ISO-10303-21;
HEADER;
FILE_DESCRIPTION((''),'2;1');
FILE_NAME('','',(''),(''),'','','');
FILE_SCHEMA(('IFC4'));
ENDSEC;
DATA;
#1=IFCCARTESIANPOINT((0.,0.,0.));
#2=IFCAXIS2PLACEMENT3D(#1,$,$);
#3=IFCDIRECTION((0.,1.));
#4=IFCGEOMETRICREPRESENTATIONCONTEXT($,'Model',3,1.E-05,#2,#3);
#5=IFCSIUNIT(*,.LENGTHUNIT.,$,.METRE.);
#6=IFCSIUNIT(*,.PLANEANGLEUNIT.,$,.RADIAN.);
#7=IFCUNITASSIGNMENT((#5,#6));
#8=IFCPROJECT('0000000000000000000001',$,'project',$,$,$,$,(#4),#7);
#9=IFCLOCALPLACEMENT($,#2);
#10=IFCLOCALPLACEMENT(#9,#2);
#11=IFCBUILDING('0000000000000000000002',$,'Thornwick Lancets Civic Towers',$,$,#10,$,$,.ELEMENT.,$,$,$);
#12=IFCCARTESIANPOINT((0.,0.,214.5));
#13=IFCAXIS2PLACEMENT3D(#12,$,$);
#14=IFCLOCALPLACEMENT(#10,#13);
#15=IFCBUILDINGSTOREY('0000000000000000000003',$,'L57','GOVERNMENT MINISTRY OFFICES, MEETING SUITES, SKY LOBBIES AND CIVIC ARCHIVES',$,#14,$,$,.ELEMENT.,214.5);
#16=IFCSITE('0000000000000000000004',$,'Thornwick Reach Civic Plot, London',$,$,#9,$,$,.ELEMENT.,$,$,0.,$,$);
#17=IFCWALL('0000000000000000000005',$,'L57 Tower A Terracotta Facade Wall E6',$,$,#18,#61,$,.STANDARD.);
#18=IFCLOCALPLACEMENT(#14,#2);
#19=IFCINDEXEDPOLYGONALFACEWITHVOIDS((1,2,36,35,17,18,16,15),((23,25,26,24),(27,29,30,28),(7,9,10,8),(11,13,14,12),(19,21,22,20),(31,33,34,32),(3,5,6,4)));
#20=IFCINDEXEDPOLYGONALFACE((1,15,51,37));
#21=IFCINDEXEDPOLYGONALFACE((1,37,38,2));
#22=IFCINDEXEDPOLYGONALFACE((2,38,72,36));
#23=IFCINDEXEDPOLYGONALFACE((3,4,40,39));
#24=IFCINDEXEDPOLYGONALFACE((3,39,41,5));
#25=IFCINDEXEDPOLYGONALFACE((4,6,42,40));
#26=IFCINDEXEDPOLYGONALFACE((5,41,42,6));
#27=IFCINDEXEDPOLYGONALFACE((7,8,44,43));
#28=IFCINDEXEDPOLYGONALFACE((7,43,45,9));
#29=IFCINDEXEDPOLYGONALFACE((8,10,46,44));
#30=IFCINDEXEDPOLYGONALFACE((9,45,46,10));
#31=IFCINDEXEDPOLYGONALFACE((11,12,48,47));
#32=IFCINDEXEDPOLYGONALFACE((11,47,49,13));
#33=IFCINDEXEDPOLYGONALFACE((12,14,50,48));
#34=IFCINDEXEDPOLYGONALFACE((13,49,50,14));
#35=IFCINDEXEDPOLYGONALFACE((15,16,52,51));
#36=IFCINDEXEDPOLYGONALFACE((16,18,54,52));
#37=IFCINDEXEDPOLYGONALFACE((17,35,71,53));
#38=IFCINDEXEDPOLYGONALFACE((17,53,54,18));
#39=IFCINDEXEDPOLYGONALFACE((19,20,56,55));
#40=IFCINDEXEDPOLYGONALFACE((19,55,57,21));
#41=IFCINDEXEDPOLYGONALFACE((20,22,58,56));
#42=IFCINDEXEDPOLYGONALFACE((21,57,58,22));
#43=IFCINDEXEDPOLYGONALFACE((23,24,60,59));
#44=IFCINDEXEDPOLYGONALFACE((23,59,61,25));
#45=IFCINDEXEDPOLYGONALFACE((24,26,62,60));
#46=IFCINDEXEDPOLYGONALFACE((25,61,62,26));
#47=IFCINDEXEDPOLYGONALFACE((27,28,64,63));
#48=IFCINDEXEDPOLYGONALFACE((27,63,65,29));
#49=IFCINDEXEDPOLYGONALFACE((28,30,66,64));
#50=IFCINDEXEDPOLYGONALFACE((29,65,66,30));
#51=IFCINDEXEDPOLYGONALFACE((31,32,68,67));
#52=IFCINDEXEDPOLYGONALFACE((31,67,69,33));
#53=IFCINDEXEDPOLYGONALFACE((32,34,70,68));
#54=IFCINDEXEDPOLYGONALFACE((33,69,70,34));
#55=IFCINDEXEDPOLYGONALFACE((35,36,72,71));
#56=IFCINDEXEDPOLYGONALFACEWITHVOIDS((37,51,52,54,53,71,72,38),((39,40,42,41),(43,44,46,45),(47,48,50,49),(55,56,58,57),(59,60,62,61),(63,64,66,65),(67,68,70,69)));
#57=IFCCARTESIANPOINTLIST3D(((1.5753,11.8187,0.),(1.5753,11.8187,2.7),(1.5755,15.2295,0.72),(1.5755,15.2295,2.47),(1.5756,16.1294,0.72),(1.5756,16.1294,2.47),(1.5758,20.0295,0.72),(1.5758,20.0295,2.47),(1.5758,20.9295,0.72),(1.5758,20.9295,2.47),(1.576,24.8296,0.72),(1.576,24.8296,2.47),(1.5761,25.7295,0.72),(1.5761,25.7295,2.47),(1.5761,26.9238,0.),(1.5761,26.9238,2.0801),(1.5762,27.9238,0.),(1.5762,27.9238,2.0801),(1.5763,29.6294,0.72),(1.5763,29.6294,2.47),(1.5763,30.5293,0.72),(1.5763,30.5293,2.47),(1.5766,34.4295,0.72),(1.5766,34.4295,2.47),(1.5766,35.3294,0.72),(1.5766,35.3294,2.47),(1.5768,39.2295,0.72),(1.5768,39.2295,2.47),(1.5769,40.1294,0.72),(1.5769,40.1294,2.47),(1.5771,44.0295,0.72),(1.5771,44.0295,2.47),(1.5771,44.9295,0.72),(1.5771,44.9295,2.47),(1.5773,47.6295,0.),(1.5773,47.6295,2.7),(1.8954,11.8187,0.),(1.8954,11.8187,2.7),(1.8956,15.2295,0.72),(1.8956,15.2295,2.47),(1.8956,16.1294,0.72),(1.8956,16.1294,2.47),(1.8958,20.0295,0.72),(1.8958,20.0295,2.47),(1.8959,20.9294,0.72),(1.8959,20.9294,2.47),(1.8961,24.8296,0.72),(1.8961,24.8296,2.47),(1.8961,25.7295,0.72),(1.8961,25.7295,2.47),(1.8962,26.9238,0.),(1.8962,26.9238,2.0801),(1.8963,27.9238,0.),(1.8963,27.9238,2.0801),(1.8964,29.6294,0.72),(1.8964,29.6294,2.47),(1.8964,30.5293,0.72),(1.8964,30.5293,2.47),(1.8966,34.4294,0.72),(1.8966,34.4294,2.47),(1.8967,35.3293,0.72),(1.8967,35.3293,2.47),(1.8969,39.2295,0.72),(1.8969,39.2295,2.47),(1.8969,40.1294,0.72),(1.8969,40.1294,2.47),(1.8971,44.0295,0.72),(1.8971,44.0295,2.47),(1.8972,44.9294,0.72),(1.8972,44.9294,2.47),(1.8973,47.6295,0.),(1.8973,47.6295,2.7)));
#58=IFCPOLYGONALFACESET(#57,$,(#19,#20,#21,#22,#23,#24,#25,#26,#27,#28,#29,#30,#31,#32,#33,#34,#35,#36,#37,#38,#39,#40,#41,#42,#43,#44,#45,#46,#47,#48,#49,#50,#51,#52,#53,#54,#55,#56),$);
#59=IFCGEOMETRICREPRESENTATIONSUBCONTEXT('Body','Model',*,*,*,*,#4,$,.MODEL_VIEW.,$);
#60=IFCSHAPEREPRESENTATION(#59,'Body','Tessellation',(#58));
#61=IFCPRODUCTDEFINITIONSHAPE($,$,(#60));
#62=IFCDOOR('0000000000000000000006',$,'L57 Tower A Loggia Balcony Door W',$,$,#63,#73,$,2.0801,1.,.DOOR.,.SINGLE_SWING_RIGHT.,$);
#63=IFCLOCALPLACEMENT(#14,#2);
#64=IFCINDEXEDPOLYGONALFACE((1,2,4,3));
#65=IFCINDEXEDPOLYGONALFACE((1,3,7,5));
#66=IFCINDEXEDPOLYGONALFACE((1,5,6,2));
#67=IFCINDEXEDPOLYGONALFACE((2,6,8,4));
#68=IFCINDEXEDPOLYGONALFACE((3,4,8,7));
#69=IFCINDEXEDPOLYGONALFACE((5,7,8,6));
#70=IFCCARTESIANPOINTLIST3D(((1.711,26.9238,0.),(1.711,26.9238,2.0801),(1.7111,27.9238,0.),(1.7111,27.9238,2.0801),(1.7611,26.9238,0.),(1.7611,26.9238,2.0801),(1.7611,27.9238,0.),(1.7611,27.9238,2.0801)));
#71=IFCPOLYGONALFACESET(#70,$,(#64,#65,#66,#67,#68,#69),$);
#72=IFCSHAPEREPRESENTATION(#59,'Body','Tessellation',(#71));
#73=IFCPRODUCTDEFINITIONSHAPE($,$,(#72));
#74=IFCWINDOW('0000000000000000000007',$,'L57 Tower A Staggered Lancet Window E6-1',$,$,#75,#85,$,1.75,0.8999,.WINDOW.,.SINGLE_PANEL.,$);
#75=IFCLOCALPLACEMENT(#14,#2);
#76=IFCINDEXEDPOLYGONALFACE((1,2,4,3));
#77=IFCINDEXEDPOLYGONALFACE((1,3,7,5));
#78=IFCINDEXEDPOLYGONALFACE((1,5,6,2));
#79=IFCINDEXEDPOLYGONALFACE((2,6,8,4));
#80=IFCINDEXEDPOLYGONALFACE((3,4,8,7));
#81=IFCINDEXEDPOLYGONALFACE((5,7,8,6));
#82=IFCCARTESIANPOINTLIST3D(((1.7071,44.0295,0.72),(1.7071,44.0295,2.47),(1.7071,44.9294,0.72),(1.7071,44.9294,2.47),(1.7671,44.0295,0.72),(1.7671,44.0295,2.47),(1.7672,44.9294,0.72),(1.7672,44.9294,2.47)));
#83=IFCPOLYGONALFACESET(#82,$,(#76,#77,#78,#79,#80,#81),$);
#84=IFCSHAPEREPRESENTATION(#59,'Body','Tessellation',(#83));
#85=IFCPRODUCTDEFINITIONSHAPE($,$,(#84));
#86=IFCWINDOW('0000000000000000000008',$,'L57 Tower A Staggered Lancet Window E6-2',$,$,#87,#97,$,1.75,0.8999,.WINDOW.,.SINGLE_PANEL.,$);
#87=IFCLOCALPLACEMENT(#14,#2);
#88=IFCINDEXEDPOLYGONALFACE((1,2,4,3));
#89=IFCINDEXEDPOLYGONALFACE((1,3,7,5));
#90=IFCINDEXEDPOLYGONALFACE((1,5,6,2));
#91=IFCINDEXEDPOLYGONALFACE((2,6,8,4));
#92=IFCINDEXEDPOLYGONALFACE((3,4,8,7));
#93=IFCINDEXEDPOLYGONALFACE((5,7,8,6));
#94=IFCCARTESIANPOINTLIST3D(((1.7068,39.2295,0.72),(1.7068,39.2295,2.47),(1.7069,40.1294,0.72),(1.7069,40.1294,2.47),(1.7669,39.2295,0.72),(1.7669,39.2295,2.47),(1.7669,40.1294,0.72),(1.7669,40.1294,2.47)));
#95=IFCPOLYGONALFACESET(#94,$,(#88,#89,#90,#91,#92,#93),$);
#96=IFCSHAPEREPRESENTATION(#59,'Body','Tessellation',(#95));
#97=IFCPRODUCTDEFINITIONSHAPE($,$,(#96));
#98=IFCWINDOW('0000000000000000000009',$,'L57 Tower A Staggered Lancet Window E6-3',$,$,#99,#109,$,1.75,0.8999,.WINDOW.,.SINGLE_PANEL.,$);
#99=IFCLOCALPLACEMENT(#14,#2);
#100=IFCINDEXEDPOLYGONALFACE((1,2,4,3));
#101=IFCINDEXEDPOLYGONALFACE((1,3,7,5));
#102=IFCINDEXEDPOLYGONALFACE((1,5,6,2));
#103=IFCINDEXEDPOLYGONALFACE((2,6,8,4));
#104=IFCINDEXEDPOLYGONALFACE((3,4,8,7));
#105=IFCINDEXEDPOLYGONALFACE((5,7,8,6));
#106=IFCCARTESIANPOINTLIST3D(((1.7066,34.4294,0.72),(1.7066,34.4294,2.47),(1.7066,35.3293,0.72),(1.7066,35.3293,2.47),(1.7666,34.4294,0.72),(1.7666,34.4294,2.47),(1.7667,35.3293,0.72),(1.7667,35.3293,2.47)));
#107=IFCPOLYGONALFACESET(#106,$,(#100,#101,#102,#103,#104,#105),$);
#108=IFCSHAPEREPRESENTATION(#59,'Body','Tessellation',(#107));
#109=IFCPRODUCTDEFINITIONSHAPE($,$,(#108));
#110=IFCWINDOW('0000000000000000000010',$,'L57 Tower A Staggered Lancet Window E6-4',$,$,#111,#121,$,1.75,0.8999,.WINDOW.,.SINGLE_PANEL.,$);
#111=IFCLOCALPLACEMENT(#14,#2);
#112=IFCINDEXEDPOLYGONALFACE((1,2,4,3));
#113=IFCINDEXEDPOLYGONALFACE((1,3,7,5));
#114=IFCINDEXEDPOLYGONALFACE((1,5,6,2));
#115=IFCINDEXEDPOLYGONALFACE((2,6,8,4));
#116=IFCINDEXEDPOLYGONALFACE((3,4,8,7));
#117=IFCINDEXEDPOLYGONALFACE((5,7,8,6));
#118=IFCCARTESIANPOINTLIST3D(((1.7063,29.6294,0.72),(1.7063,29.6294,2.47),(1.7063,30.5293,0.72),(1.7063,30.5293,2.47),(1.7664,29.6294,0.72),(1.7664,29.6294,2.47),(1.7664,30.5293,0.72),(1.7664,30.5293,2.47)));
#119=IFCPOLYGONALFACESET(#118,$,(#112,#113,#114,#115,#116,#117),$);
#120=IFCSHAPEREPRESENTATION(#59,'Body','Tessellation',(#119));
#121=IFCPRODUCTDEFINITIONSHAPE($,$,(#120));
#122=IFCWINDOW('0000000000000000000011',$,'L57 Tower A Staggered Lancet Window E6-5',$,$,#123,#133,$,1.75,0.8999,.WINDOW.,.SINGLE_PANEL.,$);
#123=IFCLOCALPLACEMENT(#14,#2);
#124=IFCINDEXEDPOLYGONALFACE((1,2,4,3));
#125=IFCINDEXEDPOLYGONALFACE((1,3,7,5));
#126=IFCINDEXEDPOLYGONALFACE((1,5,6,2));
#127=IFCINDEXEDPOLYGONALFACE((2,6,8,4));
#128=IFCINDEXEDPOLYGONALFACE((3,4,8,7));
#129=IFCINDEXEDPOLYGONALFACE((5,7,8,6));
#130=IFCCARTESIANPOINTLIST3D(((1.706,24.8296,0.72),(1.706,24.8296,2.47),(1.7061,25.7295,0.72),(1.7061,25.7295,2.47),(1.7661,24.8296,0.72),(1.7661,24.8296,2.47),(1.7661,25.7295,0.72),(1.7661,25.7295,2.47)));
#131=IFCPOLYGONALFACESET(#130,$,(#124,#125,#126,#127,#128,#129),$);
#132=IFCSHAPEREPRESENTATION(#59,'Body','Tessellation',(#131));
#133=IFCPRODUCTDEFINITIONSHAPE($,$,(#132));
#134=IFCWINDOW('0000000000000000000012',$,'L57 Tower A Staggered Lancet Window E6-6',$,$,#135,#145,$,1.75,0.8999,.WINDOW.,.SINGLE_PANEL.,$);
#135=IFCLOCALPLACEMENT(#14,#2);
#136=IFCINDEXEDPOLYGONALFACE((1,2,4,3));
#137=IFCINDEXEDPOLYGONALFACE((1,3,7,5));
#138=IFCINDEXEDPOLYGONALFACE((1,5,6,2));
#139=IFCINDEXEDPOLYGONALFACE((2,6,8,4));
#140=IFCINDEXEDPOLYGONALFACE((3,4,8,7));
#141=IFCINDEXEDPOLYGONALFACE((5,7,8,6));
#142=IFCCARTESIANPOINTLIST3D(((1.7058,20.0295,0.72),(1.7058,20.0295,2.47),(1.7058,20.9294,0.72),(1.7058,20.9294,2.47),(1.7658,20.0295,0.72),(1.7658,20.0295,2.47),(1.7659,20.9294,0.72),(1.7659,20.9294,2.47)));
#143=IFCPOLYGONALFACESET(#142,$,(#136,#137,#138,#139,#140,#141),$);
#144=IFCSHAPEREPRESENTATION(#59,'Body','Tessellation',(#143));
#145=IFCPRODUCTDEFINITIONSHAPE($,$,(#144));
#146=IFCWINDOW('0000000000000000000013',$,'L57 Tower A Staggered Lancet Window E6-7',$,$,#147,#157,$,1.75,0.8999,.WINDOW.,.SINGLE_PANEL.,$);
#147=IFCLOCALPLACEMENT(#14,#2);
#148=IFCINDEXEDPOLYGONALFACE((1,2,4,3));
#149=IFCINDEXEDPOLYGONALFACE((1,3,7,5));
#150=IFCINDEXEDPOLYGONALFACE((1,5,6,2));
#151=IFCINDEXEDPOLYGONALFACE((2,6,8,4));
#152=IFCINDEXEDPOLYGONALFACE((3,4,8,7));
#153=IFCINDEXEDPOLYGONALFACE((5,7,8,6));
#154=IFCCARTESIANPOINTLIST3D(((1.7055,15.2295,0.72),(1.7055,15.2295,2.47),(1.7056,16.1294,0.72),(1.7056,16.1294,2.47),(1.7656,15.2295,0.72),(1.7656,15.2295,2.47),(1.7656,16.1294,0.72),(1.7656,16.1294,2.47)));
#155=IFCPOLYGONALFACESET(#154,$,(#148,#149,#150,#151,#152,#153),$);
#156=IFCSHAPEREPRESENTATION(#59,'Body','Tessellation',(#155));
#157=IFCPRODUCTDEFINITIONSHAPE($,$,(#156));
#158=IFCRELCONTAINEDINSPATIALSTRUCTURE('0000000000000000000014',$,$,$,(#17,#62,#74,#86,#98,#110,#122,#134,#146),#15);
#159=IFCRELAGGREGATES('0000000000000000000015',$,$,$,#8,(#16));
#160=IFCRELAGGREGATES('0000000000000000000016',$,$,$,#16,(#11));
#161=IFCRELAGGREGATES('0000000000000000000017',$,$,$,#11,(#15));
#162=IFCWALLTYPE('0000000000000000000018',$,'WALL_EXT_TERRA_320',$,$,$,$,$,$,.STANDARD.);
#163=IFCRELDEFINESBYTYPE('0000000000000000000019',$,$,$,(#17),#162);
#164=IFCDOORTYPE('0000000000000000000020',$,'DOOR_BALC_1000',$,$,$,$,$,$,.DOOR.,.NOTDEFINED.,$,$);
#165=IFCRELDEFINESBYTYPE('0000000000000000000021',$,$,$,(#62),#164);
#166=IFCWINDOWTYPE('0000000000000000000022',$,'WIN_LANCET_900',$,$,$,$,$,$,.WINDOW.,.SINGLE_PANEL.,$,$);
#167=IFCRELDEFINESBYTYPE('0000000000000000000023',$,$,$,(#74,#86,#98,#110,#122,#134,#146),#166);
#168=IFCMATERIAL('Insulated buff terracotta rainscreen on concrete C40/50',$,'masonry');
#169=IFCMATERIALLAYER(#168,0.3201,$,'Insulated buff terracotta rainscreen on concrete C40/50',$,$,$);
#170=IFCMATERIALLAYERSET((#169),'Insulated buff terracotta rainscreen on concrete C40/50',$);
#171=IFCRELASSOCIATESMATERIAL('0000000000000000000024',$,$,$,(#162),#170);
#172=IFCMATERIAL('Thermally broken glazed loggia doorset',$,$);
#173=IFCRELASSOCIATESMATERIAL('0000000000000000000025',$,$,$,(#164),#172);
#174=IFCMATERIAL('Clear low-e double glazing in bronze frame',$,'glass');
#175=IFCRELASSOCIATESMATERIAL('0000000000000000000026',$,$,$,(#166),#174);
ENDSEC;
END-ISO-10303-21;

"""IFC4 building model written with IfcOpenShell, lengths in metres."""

from ifc_helpers import new_model, si_unit, direction, frame, frame_2d, origin, place, context, subcontext, project, spatial, rectangle, extrude, material, layer, layer_set, type_object, element, fill, save


model = new_model("IFC4")

# Units and contexts
model_context = context("Model", 3, precision=1e-05, world=origin(), true_north=direction((0.0, 1.0)))
body_context = subcontext(model_context, "Body", "Model", "MODEL_VIEW")
ifc_project = project(units=[si_unit("LENGTHUNIT", "METRE"), si_unit("PLANEANGLEUNIT", "RADIAN")], contexts=[model_context])

# Site, building, storey
site_placement = place(None, origin())
site = spatial("IfcSite", under=ifc_project, at=site_placement, Name="Thornwick Reach Civic Plot, London", CompositionType="ELEMENT", RefElevation=0.0)
building_placement = place(site_placement, origin())
building = spatial("IfcBuilding", under=site, at=building_placement, Name="Thornwick Lancets Civic Towers", CompositionType="ELEMENT")
storey_placement = place(building_placement, frame((0.0, 0.0, 214.5)))
storey = spatial("IfcBuildingStorey", under=building, at=storey_placement, Name="L57", Description="GOVERNMENT MINISTRY OFFICES, MEETING SUITES, SKY LOBBIES AND CIVIC ARCHIVES", CompositionType="ELEMENT", Elevation=214.5)

# Wall, openings, door, windows
ifc_material_1 = material(Name="Insulated buff terracotta rainscreen on concrete C40/50", Category="masonry")
ifc_layer_1 = layer(ifc_material_1, 0.3201, Name="Insulated buff terracotta rainscreen on concrete C40/50")
ifc_layer_set_1 = layer_set([ifc_layer_1], Name="Insulated buff terracotta rainscreen on concrete C40/50")
wall_type_1 = type_object("IfcWallType", Name="WALL_EXT_TERRA_320", PredefinedType="STANDARD", material=ifc_layer_set_1)
wall_1_placement = place(storey_placement, frame((1.7373, 47.6294, 0.0), z_axis=(0.0, 0.0, 1.0), x_axis=(-0.000055, -1.0, 0.0)))
wall_1 = element("IfcWall", 1, at=wall_1_placement, inside=storey, type_object=wall_type_1, Name="L57 Tower A Terracotta Facade Wall E6", PredefinedType="STANDARD", context=body_context, shape_type="SweptSolid", body=[
    extrude(rectangle(XDim=35.8108, YDim=0.3201, at=frame_2d((17.9053, 0.0))), origin(), (0.0, 0.0, 1.0), 2.7),
])
opening_1_placement = place(wall_1_placement, frame((19.7056, 0.0, 0.0)))
opening_1 = element("IfcOpeningElement", 2, at=opening_1_placement, cuts=wall_1, PredefinedType="OPENING", context=body_context, shape_type="SweptSolid", body=[
    extrude(rectangle(XDim=1.0, YDim=2.0801, at=frame_2d((0.5, 1.04))), frame((0.0, 0.1699, 0.0), z_axis=(0.0, -1.0, 0.0), x_axis=(1.0, 0.0, 0.0)), (0.0, 0.0, 1.0), 0.3401),
])
opening_2_placement = place(wall_1_placement, frame((2.7, 0.0, 0.72)))
opening_2 = element("IfcOpeningElement", 3, at=opening_2_placement, cuts=wall_1, PredefinedType="OPENING", context=body_context, shape_type="SweptSolid", body=[
    extrude(rectangle(XDim=0.8999, YDim=1.75, at=frame_2d((0.45, 0.875))), frame((0.0, 0.1699, 0.0), z_axis=(0.0, -1.0, 0.0), x_axis=(1.0, 0.0, 0.0)), (0.0, 0.0, 1.0), 0.3401),
])
opening_3_placement = place(wall_1_placement, frame((7.5, 0.0, 0.72)))
opening_3 = element("IfcOpeningElement", 4, at=opening_3_placement, cuts=wall_1, PredefinedType="OPENING", context=body_context, shape_type="SweptSolid", body=[
    extrude(rectangle(XDim=0.8999, YDim=1.75, at=frame_2d((0.45, 0.875))), frame((0.0, 0.1699, 0.0), z_axis=(0.0, -1.0, 0.0), x_axis=(1.0, 0.0, 0.0)), (0.0, 0.0, 1.0), 0.3401),
])
opening_4_placement = place(wall_1_placement, frame((12.3, 0.0, 0.72)))
opening_4 = element("IfcOpeningElement", 5, at=opening_4_placement, cuts=wall_1, PredefinedType="OPENING", context=body_context, shape_type="SweptSolid", body=[
    extrude(rectangle(XDim=0.8999, YDim=1.75, at=frame_2d((0.45, 0.875))), frame((0.0, 0.1699, 0.0), z_axis=(0.0, -1.0, 0.0), x_axis=(1.0, 0.0, 0.0)), (0.0, 0.0, 1.0), 0.3401),
])
opening_5_placement = place(wall_1_placement, frame((17.1001, 0.0, 0.72)))
opening_5 = element("IfcOpeningElement", 6, at=opening_5_placement, cuts=wall_1, PredefinedType="OPENING", context=body_context, shape_type="SweptSolid", body=[
    extrude(rectangle(XDim=0.8999, YDim=1.75, at=frame_2d((0.45, 0.875))), frame((0.0, 0.1699, 0.0), z_axis=(0.0, -1.0, 0.0), x_axis=(1.0, 0.0, 0.0)), (0.0, 0.0, 1.0), 0.3401),
])
opening_6_placement = place(wall_1_placement, frame((21.8999, 0.0, 0.72)))
opening_6 = element("IfcOpeningElement", 7, at=opening_6_placement, cuts=wall_1, PredefinedType="OPENING", context=body_context, shape_type="SweptSolid", body=[
    extrude(rectangle(XDim=0.8999, YDim=1.75, at=frame_2d((0.45, 0.875))), frame((0.0, 0.1699, 0.0), z_axis=(0.0, -1.0, 0.0), x_axis=(1.0, 0.0, 0.0)), (0.0, 0.0, 1.0), 0.3401),
])
opening_7_placement = place(wall_1_placement, frame((26.7, 0.0, 0.72)))
opening_7 = element("IfcOpeningElement", 8, at=opening_7_placement, cuts=wall_1, PredefinedType="OPENING", context=body_context, shape_type="SweptSolid", body=[
    extrude(rectangle(XDim=0.8999, YDim=1.75, at=frame_2d((0.45, 0.875))), frame((0.0, 0.1699, 0.0), z_axis=(0.0, -1.0, 0.0), x_axis=(1.0, 0.0, 0.0)), (0.0, 0.0, 1.0), 0.3401),
])
opening_8_placement = place(wall_1_placement, frame((31.5, 0.0, 0.72)))
opening_8 = element("IfcOpeningElement", 9, at=opening_8_placement, cuts=wall_1, PredefinedType="OPENING", context=body_context, shape_type="SweptSolid", body=[
    extrude(rectangle(XDim=0.8999, YDim=1.75, at=frame_2d((0.45, 0.875))), frame((0.0, 0.1699, 0.0), z_axis=(0.0, -1.0, 0.0), x_axis=(1.0, 0.0, 0.0)), (0.0, 0.0, 1.0), 0.3401),
])
ifc_material_2 = material(Name="Thermally broken glazed loggia doorset")
door_type = type_object("IfcDoorType", Name="DOOR_BALC_1000", OperationType="NOTDEFINED", PredefinedType="DOOR", material=ifc_material_2)
door_placement = place(opening_1_placement, origin())
door = element("IfcDoor", 10, at=door_placement, inside=storey, type_object=door_type, Name="L57 Tower A Loggia Balcony Door W", OperationType="SINGLE_SWING_RIGHT", OverallHeight=2.0801, OverallWidth=1.0, PredefinedType="DOOR", context=body_context, shape_type="SweptSolid", body=[
    extrude(rectangle(XDim=1.0, YDim=2.0801, at=frame_2d((0.5, 1.04))), frame((0.0, 0.0249, 0.0), z_axis=(0.0, -1.0, 0.0), x_axis=(1.0, 0.0, 0.0)), (0.0, 0.0, 1.0), 0.05),
])
fill(opening_1, door)
ifc_material_3 = material(Name="Clear low-e double glazing in bronze frame", Category="glass")
window_type = type_object("IfcWindowType", Name="WIN_LANCET_900", PartitioningType="SINGLE_PANEL", PredefinedType="WINDOW", material=ifc_material_3)
window_1_placement = place(opening_2_placement, origin())
window_1 = element("IfcWindow", 11, at=window_1_placement, inside=storey, type_object=window_type, Name="L57 Tower A Staggered Lancet Window E6-1", OverallHeight=1.75, OverallWidth=0.8999, PartitioningType="SINGLE_PANEL", PredefinedType="WINDOW", context=body_context, shape_type="SweptSolid", body=[
    extrude(rectangle(XDim=0.8999, YDim=1.75, at=frame_2d((0.45, 0.875))), frame((0.0, 0.03, 0.0), z_axis=(0.0, -1.0, 0.0), x_axis=(1.0, 0.0, 0.0)), (0.0, 0.0, 1.0), 0.0601),
])
fill(opening_2, window_1)
window_2_placement = place(opening_3_placement, origin())
window_2 = element("IfcWindow", 12, at=window_2_placement, inside=storey, type_object=window_type, Name="L57 Tower A Staggered Lancet Window E6-2", OverallHeight=1.75, OverallWidth=0.8999, PartitioningType="SINGLE_PANEL", PredefinedType="WINDOW", context=body_context, shape_type="SweptSolid", body=[
    extrude(rectangle(XDim=0.8999, YDim=1.75, at=frame_2d((0.45, 0.875))), frame((0.0, 0.03, 0.0), z_axis=(0.0, -1.0, 0.0), x_axis=(1.0, 0.0, 0.0)), (0.0, 0.0, 1.0), 0.0601),
])
fill(opening_3, window_2)
window_3_placement = place(opening_4_placement, origin())
window_3 = element("IfcWindow", 13, at=window_3_placement, inside=storey, type_object=window_type, Name="L57 Tower A Staggered Lancet Window E6-3", OverallHeight=1.75, OverallWidth=0.8999, PartitioningType="SINGLE_PANEL", PredefinedType="WINDOW", context=body_context, shape_type="SweptSolid", body=[
    extrude(rectangle(XDim=0.8999, YDim=1.75, at=frame_2d((0.45, 0.875))), frame((0.0, 0.03, 0.0), z_axis=(0.0, -1.0, 0.0), x_axis=(1.0, 0.0, 0.0)), (0.0, 0.0, 1.0), 0.0601),
])
fill(opening_4, window_3)
window_4_placement = place(opening_5_placement, origin())
window_4 = element("IfcWindow", 14, at=window_4_placement, inside=storey, type_object=window_type, Name="L57 Tower A Staggered Lancet Window E6-4", OverallHeight=1.75, OverallWidth=0.8999, PartitioningType="SINGLE_PANEL", PredefinedType="WINDOW", context=body_context, shape_type="SweptSolid", body=[
    extrude(rectangle(XDim=0.8999, YDim=1.75, at=frame_2d((0.45, 0.875))), frame((0.0, 0.03, 0.0), z_axis=(0.0, -1.0, 0.0), x_axis=(1.0, 0.0, 0.0)), (0.0, 0.0, 1.0), 0.0601),
])
fill(opening_5, window_4)
window_5_placement = place(opening_6_placement, origin())
window_5 = element("IfcWindow", 15, at=window_5_placement, inside=storey, type_object=window_type, Name="L57 Tower A Staggered Lancet Window E6-5", OverallHeight=1.75, OverallWidth=0.8999, PartitioningType="SINGLE_PANEL", PredefinedType="WINDOW", context=body_context, shape_type="SweptSolid", body=[
    extrude(rectangle(XDim=0.8999, YDim=1.75, at=frame_2d((0.45, 0.875))), frame((0.0, 0.03, 0.0), z_axis=(0.0, -1.0, 0.0), x_axis=(1.0, 0.0, 0.0)), (0.0, 0.0, 1.0), 0.0601),
])
fill(opening_6, window_5)
window_6_placement = place(opening_7_placement, origin())
window_6 = element("IfcWindow", 16, at=window_6_placement, inside=storey, type_object=window_type, Name="L57 Tower A Staggered Lancet Window E6-6", OverallHeight=1.75, OverallWidth=0.8999, PartitioningType="SINGLE_PANEL", PredefinedType="WINDOW", context=body_context, shape_type="SweptSolid", body=[
    extrude(rectangle(XDim=0.8999, YDim=1.75, at=frame_2d((0.45, 0.875))), frame((0.0, 0.03, 0.0), z_axis=(0.0, -1.0, 0.0), x_axis=(1.0, 0.0, 0.0)), (0.0, 0.0, 1.0), 0.0601),
])
fill(opening_7, window_6)
window_7_placement = place(opening_8_placement, origin())
window_7 = element("IfcWindow", 17, at=window_7_placement, inside=storey, type_object=window_type, Name="L57 Tower A Staggered Lancet Window E6-7", OverallHeight=1.75, OverallWidth=0.8999, PartitioningType="SINGLE_PANEL", PredefinedType="WINDOW", context=body_context, shape_type="SweptSolid", body=[
    extrude(rectangle(XDim=0.8999, YDim=1.75, at=frame_2d((0.45, 0.875))), frame((0.0, 0.03, 0.0), z_axis=(0.0, -1.0, 0.0), x_axis=(1.0, 0.0, 0.0)), (0.0, 0.0, 1.0), 0.0601),
])
fill(opening_8, window_7)

save(model, "model.ifc")
